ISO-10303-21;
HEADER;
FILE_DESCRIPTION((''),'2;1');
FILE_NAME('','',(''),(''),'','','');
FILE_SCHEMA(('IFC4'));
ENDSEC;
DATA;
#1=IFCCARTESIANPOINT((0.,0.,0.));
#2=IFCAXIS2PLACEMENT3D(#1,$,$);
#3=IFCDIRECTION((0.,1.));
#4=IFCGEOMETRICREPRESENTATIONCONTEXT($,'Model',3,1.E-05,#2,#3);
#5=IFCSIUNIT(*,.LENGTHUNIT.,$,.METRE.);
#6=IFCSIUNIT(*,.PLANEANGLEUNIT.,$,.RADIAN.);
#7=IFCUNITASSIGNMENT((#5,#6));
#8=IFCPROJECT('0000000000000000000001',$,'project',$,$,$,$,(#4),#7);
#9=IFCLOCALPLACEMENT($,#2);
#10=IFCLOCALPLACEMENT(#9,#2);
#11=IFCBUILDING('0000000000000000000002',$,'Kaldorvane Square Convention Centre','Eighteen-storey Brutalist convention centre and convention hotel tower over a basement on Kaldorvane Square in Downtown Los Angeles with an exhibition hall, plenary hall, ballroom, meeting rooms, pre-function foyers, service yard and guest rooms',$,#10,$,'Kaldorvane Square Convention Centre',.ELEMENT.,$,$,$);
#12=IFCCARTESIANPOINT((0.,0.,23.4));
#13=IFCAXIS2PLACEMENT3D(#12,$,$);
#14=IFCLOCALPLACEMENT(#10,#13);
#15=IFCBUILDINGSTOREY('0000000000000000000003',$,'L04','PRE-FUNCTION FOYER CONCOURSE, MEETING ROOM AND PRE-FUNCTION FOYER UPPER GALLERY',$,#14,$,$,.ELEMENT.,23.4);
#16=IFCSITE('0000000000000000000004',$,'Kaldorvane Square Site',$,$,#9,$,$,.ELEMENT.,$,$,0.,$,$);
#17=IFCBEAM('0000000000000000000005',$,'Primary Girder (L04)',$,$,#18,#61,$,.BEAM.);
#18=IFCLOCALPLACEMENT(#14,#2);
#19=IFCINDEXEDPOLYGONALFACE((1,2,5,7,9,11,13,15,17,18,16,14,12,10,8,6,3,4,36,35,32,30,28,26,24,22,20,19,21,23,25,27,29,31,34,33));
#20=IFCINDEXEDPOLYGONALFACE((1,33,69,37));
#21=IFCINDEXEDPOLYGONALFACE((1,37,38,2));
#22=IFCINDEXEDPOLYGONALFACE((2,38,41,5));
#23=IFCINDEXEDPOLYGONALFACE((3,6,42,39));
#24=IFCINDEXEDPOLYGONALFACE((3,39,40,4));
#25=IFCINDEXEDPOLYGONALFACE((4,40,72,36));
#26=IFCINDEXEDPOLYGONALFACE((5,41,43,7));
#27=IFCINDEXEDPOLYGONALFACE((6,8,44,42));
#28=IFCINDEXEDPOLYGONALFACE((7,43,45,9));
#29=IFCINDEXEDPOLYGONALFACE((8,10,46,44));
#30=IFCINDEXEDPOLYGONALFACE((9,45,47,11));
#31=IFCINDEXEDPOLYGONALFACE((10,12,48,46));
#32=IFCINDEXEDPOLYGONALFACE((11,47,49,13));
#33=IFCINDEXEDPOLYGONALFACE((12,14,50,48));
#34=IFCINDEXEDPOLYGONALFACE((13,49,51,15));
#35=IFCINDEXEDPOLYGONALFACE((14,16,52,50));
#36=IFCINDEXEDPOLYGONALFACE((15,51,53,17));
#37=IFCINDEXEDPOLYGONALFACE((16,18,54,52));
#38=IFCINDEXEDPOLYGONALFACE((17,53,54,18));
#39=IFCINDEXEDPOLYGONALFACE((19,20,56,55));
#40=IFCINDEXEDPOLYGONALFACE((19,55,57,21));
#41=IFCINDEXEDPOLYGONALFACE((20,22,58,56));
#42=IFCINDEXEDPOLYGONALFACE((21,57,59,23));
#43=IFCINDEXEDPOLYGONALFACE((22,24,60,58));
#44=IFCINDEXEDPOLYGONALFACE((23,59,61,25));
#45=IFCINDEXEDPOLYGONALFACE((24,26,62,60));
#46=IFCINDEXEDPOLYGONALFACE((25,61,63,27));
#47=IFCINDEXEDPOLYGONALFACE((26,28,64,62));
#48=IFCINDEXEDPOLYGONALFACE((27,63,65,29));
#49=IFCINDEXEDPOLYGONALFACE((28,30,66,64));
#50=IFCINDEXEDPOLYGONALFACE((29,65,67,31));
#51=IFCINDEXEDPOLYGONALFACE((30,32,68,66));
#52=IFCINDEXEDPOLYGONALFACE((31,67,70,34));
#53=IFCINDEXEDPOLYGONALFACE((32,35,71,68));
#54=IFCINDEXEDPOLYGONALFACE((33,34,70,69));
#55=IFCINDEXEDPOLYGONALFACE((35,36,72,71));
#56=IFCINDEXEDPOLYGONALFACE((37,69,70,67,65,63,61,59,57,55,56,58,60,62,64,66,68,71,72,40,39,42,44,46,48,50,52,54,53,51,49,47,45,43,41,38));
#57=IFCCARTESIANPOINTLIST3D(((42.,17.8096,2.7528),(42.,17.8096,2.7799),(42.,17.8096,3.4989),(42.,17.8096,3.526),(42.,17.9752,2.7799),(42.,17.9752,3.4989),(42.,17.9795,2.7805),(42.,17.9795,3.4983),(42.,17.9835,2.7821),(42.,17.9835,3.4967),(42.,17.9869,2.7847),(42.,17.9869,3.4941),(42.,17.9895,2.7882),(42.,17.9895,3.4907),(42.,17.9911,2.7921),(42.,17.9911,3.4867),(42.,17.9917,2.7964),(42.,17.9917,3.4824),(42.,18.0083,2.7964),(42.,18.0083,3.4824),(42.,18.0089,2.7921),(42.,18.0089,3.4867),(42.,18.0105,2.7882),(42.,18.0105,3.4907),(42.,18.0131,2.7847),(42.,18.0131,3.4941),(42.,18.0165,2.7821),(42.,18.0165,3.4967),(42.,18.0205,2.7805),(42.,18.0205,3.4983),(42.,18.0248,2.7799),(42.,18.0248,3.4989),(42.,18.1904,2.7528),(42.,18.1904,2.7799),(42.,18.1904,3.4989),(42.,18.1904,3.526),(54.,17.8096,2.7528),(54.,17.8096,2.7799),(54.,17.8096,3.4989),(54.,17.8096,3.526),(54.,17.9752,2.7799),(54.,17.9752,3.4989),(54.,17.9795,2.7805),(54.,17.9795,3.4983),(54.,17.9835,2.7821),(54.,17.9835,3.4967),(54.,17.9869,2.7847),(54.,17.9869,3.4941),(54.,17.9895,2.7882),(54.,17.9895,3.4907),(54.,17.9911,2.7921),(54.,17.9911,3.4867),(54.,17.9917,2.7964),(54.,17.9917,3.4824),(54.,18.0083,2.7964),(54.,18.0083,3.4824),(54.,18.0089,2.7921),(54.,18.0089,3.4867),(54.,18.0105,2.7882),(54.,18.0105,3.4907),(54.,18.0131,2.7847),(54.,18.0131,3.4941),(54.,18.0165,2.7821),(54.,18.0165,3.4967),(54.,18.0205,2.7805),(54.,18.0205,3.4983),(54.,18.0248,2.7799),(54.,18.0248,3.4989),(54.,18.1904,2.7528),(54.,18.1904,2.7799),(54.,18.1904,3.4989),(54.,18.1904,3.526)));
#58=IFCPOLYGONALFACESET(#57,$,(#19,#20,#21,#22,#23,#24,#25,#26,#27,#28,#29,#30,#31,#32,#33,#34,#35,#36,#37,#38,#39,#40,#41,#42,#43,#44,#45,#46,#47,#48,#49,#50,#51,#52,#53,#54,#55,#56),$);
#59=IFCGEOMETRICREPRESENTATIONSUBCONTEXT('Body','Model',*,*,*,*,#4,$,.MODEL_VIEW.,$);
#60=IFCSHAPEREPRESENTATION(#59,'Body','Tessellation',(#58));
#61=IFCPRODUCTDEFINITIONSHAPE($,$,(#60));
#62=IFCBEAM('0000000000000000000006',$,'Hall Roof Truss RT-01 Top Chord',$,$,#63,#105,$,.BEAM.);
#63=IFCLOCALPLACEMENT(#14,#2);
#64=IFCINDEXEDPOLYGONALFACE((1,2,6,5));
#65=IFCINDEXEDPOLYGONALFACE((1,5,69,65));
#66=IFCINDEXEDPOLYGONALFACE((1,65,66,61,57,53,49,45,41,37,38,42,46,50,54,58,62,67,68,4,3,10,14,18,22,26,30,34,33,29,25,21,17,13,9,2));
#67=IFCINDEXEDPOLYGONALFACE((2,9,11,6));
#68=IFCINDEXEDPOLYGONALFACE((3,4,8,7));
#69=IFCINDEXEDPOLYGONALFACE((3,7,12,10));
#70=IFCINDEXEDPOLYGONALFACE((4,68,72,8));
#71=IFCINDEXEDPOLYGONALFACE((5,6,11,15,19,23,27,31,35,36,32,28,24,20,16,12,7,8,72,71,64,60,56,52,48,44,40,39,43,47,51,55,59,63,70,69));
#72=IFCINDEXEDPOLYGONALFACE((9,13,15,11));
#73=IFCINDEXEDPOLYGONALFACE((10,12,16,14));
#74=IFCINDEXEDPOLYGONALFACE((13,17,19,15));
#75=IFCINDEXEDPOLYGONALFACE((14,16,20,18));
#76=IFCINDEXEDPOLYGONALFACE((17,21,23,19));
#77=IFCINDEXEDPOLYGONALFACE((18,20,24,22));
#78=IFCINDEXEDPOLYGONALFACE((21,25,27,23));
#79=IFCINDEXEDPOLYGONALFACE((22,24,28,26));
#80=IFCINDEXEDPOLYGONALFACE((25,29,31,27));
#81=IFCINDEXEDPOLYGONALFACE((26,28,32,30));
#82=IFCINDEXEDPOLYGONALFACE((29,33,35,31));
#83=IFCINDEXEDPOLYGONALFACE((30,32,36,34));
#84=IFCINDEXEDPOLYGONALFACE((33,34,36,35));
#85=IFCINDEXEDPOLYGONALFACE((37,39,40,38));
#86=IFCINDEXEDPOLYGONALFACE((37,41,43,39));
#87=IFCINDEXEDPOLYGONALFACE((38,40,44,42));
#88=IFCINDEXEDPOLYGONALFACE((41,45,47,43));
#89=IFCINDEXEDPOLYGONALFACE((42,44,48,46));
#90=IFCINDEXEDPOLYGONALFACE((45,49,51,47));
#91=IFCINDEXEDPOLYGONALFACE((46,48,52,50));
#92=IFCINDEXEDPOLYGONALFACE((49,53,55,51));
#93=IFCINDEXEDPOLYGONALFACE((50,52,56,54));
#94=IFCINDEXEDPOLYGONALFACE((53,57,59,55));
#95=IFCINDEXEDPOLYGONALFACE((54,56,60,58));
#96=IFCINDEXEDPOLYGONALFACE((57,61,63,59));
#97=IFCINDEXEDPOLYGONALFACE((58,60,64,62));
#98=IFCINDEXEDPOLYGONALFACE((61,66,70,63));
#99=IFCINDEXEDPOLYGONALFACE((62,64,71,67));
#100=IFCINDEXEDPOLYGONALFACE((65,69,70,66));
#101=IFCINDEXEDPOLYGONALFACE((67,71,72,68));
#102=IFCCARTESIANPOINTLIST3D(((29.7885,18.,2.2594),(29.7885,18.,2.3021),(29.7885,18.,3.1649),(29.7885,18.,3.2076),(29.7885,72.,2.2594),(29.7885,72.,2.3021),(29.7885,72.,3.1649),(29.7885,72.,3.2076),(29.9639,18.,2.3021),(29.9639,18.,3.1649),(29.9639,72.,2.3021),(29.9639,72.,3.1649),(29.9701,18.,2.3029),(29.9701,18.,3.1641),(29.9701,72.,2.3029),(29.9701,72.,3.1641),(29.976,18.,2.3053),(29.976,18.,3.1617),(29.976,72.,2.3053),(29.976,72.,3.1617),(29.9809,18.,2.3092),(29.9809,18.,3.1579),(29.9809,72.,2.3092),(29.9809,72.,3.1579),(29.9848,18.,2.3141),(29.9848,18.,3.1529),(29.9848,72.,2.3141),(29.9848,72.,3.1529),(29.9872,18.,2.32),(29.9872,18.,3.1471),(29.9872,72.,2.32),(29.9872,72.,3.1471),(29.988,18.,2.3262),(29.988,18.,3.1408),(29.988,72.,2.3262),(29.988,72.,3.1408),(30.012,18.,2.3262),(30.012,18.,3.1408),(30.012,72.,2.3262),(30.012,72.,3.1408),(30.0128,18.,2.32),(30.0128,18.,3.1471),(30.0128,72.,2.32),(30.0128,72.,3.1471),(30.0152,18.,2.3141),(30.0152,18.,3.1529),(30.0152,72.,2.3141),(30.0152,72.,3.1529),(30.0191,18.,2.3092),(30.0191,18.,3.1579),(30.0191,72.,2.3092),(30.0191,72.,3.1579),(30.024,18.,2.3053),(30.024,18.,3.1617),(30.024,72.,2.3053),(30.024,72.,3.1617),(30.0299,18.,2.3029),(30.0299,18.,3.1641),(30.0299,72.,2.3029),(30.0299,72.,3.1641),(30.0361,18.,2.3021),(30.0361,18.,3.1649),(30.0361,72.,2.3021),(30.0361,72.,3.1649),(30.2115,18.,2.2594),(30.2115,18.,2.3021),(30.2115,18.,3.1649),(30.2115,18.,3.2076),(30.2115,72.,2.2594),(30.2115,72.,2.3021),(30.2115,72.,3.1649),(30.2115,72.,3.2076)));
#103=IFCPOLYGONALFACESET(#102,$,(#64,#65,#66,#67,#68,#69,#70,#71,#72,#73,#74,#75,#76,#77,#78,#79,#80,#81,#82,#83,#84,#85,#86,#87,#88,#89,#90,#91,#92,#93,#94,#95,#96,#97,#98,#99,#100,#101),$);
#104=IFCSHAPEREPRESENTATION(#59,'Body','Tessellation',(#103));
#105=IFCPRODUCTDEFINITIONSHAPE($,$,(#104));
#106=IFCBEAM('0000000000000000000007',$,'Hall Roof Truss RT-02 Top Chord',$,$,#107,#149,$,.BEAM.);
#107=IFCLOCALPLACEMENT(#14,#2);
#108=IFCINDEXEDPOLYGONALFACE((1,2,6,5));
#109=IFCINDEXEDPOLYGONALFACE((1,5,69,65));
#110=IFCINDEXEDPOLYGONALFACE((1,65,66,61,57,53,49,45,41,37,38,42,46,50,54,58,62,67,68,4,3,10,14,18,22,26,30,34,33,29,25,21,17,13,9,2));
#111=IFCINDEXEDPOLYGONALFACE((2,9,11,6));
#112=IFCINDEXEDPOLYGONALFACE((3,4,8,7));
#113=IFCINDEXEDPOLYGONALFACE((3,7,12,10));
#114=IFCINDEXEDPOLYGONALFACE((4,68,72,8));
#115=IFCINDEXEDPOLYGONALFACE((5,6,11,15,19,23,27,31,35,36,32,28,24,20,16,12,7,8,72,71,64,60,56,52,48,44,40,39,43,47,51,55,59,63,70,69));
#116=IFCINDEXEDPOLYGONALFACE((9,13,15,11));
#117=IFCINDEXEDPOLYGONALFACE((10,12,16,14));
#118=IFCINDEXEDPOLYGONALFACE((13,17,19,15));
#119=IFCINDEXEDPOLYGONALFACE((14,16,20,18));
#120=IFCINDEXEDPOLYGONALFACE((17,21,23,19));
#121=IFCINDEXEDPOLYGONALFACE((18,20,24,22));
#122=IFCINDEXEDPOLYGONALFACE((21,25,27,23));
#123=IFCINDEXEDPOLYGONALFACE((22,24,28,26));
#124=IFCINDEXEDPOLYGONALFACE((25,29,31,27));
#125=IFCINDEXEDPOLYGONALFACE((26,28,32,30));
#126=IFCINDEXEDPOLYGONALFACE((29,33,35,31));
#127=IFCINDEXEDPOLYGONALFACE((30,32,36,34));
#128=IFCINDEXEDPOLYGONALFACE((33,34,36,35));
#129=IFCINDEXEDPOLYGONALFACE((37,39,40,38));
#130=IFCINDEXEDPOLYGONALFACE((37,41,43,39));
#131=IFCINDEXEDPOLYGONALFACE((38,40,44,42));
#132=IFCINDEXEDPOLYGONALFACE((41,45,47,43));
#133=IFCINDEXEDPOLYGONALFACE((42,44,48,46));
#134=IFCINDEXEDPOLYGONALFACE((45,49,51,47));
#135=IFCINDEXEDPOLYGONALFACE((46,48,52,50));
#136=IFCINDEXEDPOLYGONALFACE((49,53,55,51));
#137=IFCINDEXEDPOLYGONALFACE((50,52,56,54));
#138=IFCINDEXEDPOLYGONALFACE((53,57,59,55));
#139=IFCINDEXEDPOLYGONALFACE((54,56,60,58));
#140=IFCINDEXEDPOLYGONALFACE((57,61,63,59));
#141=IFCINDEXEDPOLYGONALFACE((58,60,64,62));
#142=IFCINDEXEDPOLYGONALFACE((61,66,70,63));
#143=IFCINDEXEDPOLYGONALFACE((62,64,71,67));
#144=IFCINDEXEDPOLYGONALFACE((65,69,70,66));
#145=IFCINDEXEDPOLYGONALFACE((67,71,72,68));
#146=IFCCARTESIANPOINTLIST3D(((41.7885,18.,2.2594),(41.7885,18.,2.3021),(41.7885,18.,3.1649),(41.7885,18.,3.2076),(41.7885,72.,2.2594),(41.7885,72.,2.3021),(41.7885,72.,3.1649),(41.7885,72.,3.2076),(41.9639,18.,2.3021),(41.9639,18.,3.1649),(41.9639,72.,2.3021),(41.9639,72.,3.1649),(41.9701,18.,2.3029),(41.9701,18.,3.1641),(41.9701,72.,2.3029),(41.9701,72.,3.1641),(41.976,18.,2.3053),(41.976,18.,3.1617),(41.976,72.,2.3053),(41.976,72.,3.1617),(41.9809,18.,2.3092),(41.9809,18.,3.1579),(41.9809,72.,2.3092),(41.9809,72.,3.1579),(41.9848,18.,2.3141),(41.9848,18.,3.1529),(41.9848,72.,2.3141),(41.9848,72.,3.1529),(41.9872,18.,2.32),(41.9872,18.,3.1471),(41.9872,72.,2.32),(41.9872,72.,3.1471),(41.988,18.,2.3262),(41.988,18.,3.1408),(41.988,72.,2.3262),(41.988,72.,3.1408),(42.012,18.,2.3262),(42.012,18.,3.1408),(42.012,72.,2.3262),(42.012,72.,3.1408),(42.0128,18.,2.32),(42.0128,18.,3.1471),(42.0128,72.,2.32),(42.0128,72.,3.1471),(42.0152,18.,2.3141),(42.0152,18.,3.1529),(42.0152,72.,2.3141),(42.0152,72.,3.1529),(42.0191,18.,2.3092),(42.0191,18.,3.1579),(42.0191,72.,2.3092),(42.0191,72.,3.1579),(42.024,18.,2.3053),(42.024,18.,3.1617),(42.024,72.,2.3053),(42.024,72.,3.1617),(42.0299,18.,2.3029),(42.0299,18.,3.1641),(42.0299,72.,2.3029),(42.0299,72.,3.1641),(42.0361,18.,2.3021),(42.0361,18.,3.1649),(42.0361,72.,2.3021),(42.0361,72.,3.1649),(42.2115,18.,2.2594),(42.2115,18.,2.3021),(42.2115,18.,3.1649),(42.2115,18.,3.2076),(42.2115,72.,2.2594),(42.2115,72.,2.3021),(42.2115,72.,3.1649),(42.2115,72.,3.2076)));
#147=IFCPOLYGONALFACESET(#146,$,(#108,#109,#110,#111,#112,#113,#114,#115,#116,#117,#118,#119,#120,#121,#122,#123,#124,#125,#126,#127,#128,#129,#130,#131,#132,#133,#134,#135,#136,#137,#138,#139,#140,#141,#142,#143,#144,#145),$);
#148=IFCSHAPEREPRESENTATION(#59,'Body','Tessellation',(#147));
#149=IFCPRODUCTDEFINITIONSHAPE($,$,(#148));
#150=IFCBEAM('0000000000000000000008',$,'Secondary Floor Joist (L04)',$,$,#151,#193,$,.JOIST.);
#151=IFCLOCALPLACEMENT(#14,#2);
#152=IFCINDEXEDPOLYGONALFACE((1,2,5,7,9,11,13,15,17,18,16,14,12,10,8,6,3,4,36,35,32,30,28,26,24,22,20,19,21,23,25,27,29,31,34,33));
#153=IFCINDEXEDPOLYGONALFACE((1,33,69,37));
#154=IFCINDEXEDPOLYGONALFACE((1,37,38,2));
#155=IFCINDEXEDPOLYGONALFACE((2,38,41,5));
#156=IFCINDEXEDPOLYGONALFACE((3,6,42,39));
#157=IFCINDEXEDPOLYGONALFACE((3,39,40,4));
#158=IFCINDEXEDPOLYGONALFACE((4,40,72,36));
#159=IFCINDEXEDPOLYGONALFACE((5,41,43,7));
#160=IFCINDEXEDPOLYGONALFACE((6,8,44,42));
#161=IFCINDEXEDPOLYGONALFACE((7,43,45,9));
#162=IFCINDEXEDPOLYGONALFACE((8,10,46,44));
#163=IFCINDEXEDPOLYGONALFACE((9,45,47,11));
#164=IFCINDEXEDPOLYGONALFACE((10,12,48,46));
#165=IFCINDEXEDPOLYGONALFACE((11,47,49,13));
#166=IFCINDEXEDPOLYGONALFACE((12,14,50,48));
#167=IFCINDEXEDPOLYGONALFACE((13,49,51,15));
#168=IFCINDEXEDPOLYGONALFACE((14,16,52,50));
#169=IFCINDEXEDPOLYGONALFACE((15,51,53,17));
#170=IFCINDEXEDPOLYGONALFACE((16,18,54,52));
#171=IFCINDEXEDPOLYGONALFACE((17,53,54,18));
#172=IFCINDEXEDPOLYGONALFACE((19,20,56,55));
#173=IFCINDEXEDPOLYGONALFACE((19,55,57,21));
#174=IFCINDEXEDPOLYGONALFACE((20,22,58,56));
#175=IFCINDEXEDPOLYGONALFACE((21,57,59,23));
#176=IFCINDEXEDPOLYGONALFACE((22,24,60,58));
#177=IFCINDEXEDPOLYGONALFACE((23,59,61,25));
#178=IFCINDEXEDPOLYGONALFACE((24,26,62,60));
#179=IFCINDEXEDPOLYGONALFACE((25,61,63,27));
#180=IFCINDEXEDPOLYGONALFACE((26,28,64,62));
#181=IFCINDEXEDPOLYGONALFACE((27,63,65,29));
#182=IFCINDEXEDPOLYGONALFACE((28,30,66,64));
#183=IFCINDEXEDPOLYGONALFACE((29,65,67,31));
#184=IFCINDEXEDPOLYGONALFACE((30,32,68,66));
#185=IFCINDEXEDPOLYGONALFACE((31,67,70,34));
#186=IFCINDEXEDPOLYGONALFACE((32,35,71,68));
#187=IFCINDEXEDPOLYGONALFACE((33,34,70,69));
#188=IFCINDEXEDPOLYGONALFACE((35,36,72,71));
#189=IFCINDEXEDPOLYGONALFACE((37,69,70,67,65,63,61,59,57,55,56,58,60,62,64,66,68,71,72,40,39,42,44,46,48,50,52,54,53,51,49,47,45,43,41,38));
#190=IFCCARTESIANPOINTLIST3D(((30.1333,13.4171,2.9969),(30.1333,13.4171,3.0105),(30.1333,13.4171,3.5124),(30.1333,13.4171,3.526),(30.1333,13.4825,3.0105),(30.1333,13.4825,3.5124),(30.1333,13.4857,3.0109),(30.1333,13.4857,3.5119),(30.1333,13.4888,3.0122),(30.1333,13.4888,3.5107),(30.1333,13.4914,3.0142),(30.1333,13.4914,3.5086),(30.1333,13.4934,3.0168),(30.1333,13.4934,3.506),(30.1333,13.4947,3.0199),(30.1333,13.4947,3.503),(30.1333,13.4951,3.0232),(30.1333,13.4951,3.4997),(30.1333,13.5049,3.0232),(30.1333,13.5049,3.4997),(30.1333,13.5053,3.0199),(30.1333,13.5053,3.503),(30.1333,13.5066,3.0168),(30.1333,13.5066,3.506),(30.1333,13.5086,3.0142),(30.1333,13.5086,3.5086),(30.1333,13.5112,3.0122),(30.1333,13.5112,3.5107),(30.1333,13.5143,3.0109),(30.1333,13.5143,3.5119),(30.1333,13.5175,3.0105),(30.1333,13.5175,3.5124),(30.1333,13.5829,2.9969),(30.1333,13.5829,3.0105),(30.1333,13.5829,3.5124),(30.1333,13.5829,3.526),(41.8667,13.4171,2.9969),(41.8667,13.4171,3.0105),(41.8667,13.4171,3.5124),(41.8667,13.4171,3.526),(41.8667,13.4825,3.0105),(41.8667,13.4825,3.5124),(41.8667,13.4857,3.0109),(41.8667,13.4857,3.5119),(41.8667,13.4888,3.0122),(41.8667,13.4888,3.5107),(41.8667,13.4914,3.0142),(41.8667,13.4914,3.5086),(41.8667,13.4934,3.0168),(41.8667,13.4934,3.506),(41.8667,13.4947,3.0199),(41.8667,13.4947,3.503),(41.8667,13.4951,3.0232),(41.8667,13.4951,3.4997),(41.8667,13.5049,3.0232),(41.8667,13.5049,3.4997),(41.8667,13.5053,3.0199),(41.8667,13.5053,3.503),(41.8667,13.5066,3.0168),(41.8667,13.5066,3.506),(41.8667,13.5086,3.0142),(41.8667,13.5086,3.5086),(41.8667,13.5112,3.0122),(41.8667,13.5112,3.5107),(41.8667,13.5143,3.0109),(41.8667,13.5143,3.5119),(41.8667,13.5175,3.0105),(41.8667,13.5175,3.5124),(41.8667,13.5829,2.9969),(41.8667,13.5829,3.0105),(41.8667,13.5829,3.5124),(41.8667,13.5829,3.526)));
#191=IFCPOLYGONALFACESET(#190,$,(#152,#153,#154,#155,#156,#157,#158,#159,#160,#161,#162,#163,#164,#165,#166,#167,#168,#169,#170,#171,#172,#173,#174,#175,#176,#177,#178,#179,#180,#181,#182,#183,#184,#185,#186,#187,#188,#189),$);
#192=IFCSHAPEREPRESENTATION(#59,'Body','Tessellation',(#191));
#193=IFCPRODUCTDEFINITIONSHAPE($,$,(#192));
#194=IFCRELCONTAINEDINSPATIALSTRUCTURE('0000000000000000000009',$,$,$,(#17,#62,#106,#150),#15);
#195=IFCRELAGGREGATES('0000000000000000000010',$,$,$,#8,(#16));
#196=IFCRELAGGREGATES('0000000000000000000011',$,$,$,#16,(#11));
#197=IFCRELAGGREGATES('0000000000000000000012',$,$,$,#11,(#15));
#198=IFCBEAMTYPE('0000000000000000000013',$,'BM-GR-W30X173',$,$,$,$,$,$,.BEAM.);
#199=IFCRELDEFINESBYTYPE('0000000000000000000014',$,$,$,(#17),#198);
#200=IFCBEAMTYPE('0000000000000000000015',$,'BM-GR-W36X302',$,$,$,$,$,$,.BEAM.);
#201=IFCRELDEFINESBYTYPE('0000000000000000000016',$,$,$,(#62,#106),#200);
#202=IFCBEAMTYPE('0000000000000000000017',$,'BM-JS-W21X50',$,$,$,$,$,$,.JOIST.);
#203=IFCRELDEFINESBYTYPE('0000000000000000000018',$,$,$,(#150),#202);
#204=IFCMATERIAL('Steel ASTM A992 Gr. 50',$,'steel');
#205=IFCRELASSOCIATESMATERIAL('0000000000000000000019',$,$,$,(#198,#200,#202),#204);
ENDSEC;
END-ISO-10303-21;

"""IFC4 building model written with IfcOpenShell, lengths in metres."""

from ifc_helpers import new_model, si_unit, direction, frame, origin, origin_2d, place, context, subcontext, project, spatial, i_section, extrude, material, material_profile, profile_set, type_object, element, save


model = new_model("IFC4")

# Units and contexts
model_context = context("Model", 3, precision=1e-05, world=origin(), true_north=direction((0.0, 1.0)))
body_context = subcontext(model_context, "Body", "Model", "MODEL_VIEW")
ifc_project = project(units=[si_unit("LENGTHUNIT", "METRE"), si_unit("PLANEANGLEUNIT", "RADIAN")], contexts=[model_context])

# Site, building, storey
site_placement = place(None, origin())
site = spatial("IfcSite", under=ifc_project, at=site_placement, Name="Kaldorvane Square Site", CompositionType="ELEMENT", RefElevation=0.0)
building_placement = place(site_placement, origin())
building = spatial("IfcBuilding", under=site, at=building_placement, Name="Kaldorvane Square Convention Centre", Description="Eighteen-storey Brutalist convention centre and convention hotel tower over a basement on Kaldorvane Square in Downtown Los Angeles with an exhibition hall, plenary hall, ballroom, meeting rooms, pre-function foyers, service yard and guest rooms", LongName="Kaldorvane Square Convention Centre", CompositionType="ELEMENT")
storey_placement = place(building_placement, frame((0.0, 0.0, 23.4)))
storey = spatial("IfcBuildingStorey", under=building, at=storey_placement, Name="L04", Description="PRE-FUNCTION FOYER CONCOURSE, MEETING ROOM AND PRE-FUNCTION FOYER UPPER GALLERY", CompositionType="ELEMENT", Elevation=23.4)

# Shared definitions
ifc_material_1 = material(Name="Steel ASTM A992 Gr. 50", Category="steel")

# Beams
ifc_material_profile_1 = material_profile(ifc_material_1, i_section(OverallWidth=0.3807, OverallDepth=0.7732, WebThickness=0.0166, FlangeThickness=0.0271, FilletRadius=0.0165, at=origin_2d()), Name="W30X173")
ifc_profile_set_1 = profile_set([ifc_material_profile_1], Name="Steel ASTM A992 Gr. 50")
beam_type_1 = type_object("IfcBeamType", Name="BM-GR-W30X173", PredefinedType="BEAM", material=ifc_profile_set_1)
for number, where, z_axis, x_axis, name in (
    (1, (42.0, 18.0, 3.1394), (1.0, 0.0, 0.0), (0.0, 1.0, 0.0), "Primary Girder (L04)"),
):
    element("IfcBeam", number, at=place(storey_placement, frame(where, z_axis=z_axis, x_axis=x_axis)), inside=storey, type_object=beam_type_1, Name=name, PredefinedType="BEAM", context=body_context, shape_type="SweptSolid", body=[
        extrude(i_section(OverallWidth=0.3807, OverallDepth=0.7732, WebThickness=0.0166, FlangeThickness=0.0271, FilletRadius=0.0165, at=origin_2d()), origin(), (0.0, 0.0, 1.0), 12.0),
    ])
ifc_material_profile_2 = material_profile(ifc_material_1, i_section(OverallWidth=0.423, OverallDepth=0.9482, WebThickness=0.024, FlangeThickness=0.0427, FilletRadius=0.0241, at=origin_2d()), Name="W36X302")
ifc_profile_set_2 = profile_set([ifc_material_profile_2], Name="Steel ASTM A992 Gr. 50")
beam_type_2 = type_object("IfcBeamType", Name="BM-GR-W36X302", PredefinedType="BEAM", material=ifc_profile_set_2)
for number, where, z_axis, x_axis, name in (
    (2, (30.0, 18.0, 2.7335), (0.0, 1.0, 0.0), (-1.0, 0.0, 0.0), "Hall Roof Truss RT-01 Top Chord"),
    (3, (42.0, 18.0, 2.7335), (0.0, 1.0, 0.0), (-1.0, 0.0, 0.0), "Hall Roof Truss RT-02 Top Chord"),
):
    element("IfcBeam", number, at=place(storey_placement, frame(where, z_axis=z_axis, x_axis=x_axis)), inside=storey, type_object=beam_type_2, Name=name, PredefinedType="BEAM", context=body_context, shape_type="SweptSolid", body=[
        extrude(i_section(OverallWidth=0.423, OverallDepth=0.9482, WebThickness=0.024, FlangeThickness=0.0427, FilletRadius=0.0241, at=origin_2d()), origin(), (0.0, 0.0, 1.0), 54.0),
    ])
ifc_material_profile_3 = material_profile(ifc_material_1, i_section(OverallWidth=0.1659, OverallDepth=0.5291, WebThickness=0.0097, FlangeThickness=0.0136, FilletRadius=0.0127, at=origin_2d()), Name="W21X50")
ifc_profile_set_3 = profile_set([ifc_material_profile_3], Name="Steel ASTM A992 Gr. 50")
beam_type_3 = type_object("IfcBeamType", Name="BM-JS-W21X50", PredefinedType="JOIST", material=ifc_profile_set_3)
beam_placement = place(storey_placement, frame((30.1333, 13.5, 3.2614), z_axis=(1.0, 0.0, 0.0), x_axis=(0.0, 1.0, 0.0)))
element("IfcBeam", 4, at=beam_placement, inside=storey, type_object=beam_type_3, Name="Secondary Floor Joist (L04)", PredefinedType="JOIST", context=body_context, shape_type="SweptSolid", body=[
    extrude(i_section(OverallWidth=0.1659, OverallDepth=0.5291, WebThickness=0.0097, FlangeThickness=0.0136, FilletRadius=0.0127, at=origin_2d()), origin(), (0.0, 0.0, 1.0), 11.7334),
])

save(model, "model.ifc")
